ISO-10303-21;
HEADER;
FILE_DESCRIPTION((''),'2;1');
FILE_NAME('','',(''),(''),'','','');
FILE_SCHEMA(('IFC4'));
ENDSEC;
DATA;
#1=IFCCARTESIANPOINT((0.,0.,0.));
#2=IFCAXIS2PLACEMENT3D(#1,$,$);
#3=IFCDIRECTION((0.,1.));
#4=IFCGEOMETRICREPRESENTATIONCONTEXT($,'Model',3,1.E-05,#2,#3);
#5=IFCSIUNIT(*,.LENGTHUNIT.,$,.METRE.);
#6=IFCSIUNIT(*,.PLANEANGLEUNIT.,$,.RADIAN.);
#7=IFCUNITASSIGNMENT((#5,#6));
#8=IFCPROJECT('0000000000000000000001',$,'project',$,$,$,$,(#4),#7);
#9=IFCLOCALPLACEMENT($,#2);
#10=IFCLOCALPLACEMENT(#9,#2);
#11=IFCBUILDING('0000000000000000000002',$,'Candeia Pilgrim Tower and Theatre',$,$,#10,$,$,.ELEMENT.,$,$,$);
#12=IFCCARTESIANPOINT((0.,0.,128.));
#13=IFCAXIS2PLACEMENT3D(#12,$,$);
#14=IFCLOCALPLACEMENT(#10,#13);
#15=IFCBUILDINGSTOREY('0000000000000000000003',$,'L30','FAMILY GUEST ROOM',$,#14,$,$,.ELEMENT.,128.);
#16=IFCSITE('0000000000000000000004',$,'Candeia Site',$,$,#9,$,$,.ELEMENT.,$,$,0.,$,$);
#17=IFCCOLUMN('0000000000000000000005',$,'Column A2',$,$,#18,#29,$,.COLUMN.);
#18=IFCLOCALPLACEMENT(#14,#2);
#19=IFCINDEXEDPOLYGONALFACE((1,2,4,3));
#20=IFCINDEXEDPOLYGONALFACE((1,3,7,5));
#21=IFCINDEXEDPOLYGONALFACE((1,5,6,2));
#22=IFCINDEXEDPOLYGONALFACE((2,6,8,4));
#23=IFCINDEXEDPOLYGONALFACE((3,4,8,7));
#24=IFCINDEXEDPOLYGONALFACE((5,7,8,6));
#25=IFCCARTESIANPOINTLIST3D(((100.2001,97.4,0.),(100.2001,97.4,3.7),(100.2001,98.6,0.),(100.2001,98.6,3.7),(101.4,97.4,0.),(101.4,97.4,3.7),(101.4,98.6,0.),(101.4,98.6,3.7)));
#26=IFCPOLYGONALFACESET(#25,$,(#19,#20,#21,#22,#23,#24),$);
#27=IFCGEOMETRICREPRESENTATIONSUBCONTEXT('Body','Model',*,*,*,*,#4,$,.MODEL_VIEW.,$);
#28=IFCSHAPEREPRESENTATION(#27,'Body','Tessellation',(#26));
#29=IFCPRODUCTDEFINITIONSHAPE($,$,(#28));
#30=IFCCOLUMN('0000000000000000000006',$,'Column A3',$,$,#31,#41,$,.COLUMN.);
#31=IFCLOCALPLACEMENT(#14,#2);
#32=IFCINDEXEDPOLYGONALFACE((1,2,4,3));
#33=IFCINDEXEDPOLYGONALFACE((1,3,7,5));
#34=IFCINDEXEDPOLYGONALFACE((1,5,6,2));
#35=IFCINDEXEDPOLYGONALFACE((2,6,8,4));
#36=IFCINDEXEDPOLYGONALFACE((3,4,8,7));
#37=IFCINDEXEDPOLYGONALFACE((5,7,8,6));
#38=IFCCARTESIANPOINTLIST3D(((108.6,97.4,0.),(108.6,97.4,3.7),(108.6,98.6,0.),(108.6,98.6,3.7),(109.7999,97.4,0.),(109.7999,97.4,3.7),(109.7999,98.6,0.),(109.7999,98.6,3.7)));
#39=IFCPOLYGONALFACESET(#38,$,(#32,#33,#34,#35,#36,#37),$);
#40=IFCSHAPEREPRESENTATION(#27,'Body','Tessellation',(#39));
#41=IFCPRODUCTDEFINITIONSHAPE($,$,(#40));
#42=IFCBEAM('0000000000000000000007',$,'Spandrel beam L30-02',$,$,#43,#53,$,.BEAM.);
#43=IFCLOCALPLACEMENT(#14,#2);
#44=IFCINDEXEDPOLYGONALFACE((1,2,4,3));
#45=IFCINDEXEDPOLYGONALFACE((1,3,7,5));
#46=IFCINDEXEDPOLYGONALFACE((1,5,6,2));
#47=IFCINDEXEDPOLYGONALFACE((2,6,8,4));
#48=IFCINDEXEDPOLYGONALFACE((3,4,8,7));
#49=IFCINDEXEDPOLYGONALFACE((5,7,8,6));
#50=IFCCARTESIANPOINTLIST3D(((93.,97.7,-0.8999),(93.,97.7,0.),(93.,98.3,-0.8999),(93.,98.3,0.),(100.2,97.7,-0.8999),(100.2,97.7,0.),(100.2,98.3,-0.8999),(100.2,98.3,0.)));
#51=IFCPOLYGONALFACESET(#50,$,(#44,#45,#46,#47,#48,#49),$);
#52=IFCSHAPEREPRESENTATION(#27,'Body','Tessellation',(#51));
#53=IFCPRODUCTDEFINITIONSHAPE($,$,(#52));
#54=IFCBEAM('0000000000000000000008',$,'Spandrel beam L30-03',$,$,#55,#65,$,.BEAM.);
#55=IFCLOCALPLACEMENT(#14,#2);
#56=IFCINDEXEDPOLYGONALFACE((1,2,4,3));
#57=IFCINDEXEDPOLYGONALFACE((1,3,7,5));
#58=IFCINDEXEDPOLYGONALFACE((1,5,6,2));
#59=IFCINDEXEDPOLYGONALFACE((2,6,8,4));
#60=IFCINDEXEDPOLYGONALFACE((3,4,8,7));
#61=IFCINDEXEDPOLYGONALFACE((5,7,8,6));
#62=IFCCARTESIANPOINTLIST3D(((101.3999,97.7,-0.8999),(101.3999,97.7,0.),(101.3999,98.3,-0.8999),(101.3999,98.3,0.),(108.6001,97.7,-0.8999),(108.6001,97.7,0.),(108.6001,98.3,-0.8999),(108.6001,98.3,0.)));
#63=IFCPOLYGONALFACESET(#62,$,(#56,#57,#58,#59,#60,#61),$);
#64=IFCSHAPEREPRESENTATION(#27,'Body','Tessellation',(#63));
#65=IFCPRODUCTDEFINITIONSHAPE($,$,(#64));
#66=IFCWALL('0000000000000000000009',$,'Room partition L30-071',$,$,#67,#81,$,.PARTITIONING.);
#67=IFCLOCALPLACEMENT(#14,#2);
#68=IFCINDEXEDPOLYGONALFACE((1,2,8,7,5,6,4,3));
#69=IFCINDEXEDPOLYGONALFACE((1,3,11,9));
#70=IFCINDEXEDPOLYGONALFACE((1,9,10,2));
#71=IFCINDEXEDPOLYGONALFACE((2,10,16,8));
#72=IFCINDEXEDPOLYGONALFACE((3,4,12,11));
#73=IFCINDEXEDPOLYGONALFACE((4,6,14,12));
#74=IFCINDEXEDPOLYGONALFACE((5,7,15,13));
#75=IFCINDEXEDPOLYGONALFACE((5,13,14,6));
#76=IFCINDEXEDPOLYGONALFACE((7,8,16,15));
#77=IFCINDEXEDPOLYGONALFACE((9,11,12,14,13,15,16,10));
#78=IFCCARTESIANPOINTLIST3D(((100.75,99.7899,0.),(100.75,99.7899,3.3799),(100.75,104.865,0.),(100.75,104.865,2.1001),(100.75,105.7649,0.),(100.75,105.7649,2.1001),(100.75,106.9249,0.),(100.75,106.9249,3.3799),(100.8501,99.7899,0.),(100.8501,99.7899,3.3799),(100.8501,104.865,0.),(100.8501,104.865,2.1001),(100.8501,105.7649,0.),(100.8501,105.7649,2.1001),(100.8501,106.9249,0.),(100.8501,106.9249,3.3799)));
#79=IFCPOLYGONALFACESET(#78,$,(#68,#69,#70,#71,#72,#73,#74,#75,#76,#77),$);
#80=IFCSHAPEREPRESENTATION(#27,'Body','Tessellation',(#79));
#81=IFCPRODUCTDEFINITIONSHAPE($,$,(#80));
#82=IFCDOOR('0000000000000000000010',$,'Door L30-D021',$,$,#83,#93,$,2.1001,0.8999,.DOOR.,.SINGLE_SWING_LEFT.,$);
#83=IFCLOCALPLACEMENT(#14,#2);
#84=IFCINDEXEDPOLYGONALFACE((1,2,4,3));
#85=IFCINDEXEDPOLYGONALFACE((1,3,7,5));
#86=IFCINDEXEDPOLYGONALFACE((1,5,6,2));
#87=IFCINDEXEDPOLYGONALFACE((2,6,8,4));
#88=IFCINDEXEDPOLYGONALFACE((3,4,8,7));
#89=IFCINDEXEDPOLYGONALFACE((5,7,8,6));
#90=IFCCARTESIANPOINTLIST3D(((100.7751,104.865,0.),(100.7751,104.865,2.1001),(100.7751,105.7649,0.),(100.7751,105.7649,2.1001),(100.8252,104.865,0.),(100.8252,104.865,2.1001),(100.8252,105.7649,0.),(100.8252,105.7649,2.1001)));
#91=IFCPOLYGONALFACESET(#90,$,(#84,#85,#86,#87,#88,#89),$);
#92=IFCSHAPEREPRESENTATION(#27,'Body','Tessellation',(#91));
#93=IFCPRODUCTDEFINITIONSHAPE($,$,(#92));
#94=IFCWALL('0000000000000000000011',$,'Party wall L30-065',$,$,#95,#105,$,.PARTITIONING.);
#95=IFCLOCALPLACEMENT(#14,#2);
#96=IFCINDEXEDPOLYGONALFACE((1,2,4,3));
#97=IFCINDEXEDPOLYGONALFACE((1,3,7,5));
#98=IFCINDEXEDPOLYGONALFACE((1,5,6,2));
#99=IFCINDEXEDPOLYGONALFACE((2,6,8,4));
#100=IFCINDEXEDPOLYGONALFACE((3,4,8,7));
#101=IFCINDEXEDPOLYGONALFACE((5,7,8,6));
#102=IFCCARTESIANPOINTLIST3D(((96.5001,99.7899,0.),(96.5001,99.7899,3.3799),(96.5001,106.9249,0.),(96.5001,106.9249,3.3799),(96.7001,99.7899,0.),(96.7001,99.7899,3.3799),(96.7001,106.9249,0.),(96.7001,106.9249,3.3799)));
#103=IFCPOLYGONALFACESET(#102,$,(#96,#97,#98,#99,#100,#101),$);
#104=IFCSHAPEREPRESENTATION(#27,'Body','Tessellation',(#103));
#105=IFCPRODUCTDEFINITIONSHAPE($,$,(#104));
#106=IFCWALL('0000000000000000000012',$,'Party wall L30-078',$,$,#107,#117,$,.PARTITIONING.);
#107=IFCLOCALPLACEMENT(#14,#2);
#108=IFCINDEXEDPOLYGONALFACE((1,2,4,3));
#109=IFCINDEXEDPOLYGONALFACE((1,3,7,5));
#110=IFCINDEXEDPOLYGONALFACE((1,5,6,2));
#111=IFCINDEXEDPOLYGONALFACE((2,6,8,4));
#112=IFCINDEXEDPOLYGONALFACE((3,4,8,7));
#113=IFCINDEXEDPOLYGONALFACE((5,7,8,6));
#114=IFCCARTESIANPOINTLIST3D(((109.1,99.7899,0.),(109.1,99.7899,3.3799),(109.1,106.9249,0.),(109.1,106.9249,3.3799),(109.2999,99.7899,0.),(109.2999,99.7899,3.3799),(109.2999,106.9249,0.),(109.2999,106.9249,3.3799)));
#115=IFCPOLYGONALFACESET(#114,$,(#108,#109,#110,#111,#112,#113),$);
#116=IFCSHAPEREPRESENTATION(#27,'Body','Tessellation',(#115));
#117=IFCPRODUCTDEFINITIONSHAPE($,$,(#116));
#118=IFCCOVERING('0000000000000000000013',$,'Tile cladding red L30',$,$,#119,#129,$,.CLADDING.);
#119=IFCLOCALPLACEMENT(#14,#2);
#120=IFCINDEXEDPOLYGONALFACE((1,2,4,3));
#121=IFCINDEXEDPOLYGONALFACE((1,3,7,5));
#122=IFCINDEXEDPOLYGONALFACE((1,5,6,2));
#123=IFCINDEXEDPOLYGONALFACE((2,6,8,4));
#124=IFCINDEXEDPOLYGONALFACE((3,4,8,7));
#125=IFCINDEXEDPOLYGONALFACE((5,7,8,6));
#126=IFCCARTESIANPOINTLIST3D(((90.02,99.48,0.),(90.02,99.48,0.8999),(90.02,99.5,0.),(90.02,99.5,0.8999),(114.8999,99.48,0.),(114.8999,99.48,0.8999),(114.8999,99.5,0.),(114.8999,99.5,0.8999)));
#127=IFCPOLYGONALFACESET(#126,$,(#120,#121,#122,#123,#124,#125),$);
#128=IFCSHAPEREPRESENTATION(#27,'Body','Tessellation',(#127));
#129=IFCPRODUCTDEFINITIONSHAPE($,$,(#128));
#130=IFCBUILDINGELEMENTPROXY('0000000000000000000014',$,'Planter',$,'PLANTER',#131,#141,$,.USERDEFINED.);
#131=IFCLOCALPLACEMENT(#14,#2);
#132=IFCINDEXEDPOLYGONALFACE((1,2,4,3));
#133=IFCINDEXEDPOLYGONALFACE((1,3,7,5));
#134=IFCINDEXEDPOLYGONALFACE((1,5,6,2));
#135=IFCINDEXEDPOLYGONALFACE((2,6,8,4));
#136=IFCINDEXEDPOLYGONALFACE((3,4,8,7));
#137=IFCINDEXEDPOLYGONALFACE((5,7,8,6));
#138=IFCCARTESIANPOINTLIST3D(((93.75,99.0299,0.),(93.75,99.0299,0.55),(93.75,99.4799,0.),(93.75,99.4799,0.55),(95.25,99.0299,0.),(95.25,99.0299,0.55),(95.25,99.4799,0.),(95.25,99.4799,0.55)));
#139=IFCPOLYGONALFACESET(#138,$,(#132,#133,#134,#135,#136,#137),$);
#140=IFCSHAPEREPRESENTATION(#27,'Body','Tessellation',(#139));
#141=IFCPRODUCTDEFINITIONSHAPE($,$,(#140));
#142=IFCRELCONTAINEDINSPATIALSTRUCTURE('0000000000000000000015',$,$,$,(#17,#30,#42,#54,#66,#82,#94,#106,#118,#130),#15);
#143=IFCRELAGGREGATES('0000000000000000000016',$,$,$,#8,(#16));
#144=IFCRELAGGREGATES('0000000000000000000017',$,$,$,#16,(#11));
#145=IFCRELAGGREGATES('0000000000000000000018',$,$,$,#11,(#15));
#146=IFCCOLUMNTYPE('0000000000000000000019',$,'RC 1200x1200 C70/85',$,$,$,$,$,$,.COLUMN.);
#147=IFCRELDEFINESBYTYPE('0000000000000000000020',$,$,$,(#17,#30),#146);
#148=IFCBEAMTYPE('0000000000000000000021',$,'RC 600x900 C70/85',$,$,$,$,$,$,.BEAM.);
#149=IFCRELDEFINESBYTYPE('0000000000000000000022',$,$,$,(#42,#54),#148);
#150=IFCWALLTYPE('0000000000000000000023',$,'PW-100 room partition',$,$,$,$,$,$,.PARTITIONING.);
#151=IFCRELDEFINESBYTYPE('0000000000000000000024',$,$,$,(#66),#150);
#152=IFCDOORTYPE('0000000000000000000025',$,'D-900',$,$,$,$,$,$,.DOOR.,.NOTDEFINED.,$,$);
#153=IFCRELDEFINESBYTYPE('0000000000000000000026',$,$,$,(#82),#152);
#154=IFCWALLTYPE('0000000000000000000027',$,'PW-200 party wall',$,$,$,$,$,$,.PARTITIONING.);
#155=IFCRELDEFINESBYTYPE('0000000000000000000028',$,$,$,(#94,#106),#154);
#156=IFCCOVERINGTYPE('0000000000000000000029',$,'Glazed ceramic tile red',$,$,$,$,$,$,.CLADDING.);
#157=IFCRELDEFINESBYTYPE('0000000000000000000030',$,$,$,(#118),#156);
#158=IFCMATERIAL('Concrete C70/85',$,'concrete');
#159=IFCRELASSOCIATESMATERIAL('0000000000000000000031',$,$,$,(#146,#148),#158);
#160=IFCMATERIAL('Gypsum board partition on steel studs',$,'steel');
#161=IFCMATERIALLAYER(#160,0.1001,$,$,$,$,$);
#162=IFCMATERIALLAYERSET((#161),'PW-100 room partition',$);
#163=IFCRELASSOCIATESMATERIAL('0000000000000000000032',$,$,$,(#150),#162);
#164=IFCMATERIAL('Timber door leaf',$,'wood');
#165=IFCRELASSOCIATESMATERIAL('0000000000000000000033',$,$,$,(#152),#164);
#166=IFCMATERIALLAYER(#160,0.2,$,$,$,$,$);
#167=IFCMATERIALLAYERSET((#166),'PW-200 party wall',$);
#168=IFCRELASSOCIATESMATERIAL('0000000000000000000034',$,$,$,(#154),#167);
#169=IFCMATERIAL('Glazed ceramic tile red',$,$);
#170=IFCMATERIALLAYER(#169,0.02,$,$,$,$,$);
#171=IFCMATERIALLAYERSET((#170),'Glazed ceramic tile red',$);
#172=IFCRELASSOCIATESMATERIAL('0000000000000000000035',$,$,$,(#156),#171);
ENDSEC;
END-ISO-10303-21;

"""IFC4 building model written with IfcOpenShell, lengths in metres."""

from ifc_helpers import new_model, si_unit, direction, frame, frame_2d, origin, origin_2d, place, context, subcontext, project, spatial, rectangle, extrude, material, layer, layer_set, material_profile, profile_set, type_object, element, fill, save


model = new_model("IFC4")

# Units and contexts
model_context = context("Model", 3, precision=1e-05, world=origin(), true_north=direction((0.0, 1.0)))
body_context = subcontext(model_context, "Body", "Model", "MODEL_VIEW")
ifc_project = project(units=[si_unit("LENGTHUNIT", "METRE"), si_unit("PLANEANGLEUNIT", "RADIAN")], contexts=[model_context])

# Site, building, storey
site_placement = place(None, origin())
site = spatial("IfcSite", under=ifc_project, at=site_placement, Name="Candeia Site", CompositionType="ELEMENT", RefElevation=0.0)
building_placement = place(site_placement, origin())
building = spatial("IfcBuilding", under=site, at=building_placement, Name="Candeia Pilgrim Tower and Theatre", CompositionType="ELEMENT")
storey_placement = place(building_placement, frame((0.0, 0.0, 128.0)))
storey = spatial("IfcBuildingStorey", under=building, at=storey_placement, Name="L30", Description="FAMILY GUEST ROOM", CompositionType="ELEMENT", Elevation=128.0)

# Columns
ifc_material_1 = material(Name="Concrete C70/85", Category="concrete")
ifc_material_profile_1 = material_profile(ifc_material_1, rectangle(XDim=1.2, YDim=1.2, at=origin_2d()))
ifc_profile_set_1 = profile_set([ifc_material_profile_1], Name="Concrete C70/85")
column_type = type_object("IfcColumnType", Name="RC 1200x1200 C70/85", PredefinedType="COLUMN", material=ifc_profile_set_1)
for number, where, z_axis, x_axis, name in (
    (1, (100.8, 98.0, 0.0), (0.0, 0.0, 1.0), (1.0, 0.0, 0.0), "Column A2"),
    (2, (109.2, 98.0, 0.0), (0.0, 0.0, 1.0), (1.0, 0.0, 0.0), "Column A3"),
):
    element("IfcColumn", number, at=place(storey_placement, frame(where, z_axis=z_axis, x_axis=x_axis)), inside=storey, type_object=column_type, Name=name, PredefinedType="COLUMN", context=body_context, shape_type="SweptSolid", body=[
        extrude(rectangle(XDim=1.2, YDim=1.2, at=origin_2d()), origin(), (0.0, 0.0, 1.0), 3.7),
    ])

# Beams
ifc_material_profile_2 = material_profile(ifc_material_1, rectangle(XDim=0.6001, YDim=0.8999, at=origin_2d()))
ifc_profile_set_2 = profile_set([ifc_material_profile_2], Name="Concrete C70/85")
beam_type = type_object("IfcBeamType", Name="RC 600x900 C70/85", PredefinedType="BEAM", material=ifc_profile_set_2)
beam_1_placement = place(storey_placement, frame((93.0, 98.0, -0.45), z_axis=(1.0, 0.0, 0.0), x_axis=(0.0, 1.0, 0.0)))
element("IfcBeam", 3, at=beam_1_placement, inside=storey, type_object=beam_type, Name="Spandrel beam L30-02", PredefinedType="BEAM", context=body_context, shape_type="SweptSolid", body=[
    extrude(rectangle(XDim=0.6001, YDim=0.8999, at=origin_2d()), origin(), (0.0, 0.0, 1.0), 7.2),
])
beam_2_placement = place(storey_placement, frame((101.3999, 98.0, -0.45), z_axis=(1.0, 0.0, 0.0), x_axis=(0.0, 1.0, 0.0)))
element("IfcBeam", 4, at=beam_2_placement, inside=storey, type_object=beam_type, Name="Spandrel beam L30-03", PredefinedType="BEAM", context=body_context, shape_type="SweptSolid", body=[
    extrude(rectangle(XDim=0.6001, YDim=0.8999, at=origin_2d()), origin(), (0.0, 0.0, 1.0), 7.2002),
])

# Wall, opening, door
ifc_material_2 = material(Name="Gypsum board partition on steel studs", Category="steel")
ifc_layer_1 = layer(ifc_material_2, 0.1001)
ifc_layer_set_1 = layer_set([ifc_layer_1], Name="PW-100 room partition")
wall_type_1 = type_object("IfcWallType", Name="PW-100 room partition", PredefinedType="PARTITIONING", material=ifc_layer_set_1)
wall_placement = place(storey_placement, frame((100.8, 99.79, 0.0), z_axis=(0.0, 0.0, 1.0), x_axis=(0.0, 1.0, 0.0)))
wall = element("IfcWall", 5, at=wall_placement, inside=storey, type_object=wall_type_1, Name="Room partition L30-071", PredefinedType="PARTITIONING", context=body_context, shape_type="SweptSolid", body=[
    extrude(rectangle(XDim=7.135, YDim=0.1001, at=frame_2d((3.5674, 0.0))), origin(), (0.0, 0.0, 1.0), 3.3799),
])
opening_placement = place(wall_placement, frame((5.075, 0.0, 0.0)))
opening = element("IfcOpeningElement", 6, at=opening_placement, cuts=wall, PredefinedType="OPENING", context=body_context, shape_type="SweptSolid", body=[
    extrude(rectangle(XDim=0.8999, YDim=2.1001, at=frame_2d((0.45, 1.05))), frame((0.0, 0.0601, 0.0), z_axis=(0.0, -1.0, 0.0), x_axis=(1.0, 0.0, 0.0)), (0.0, 0.0, 1.0), 0.1201),
])
ifc_material_3 = material(Name="Timber door leaf", Category="wood")
door_type = type_object("IfcDoorType", Name="D-900", OperationType="NOTDEFINED", PredefinedType="DOOR", material=ifc_material_3)
door_placement = place(opening_placement, origin())
door = element("IfcDoor", 7, at=door_placement, inside=storey, type_object=door_type, Name="Door L30-D021", OperationType="SINGLE_SWING_LEFT", OverallHeight=2.1001, OverallWidth=0.8999, PredefinedType="DOOR", context=body_context, shape_type="SweptSolid", body=[
    extrude(rectangle(XDim=0.8999, YDim=2.1001, at=frame_2d((0.45, 1.05))), frame((0.0, 0.0249, 0.0), z_axis=(0.0, -1.0, 0.0), x_axis=(1.0, 0.0, 0.0)), (0.0, 0.0, 1.0), 0.05),
])
fill(opening, door)

# Walls
ifc_layer_2 = layer(ifc_material_2, 0.2)
ifc_layer_set_2 = layer_set([ifc_layer_2], Name="PW-200 party wall")
wall_type_2 = type_object("IfcWallType", Name="PW-200 party wall", PredefinedType="PARTITIONING", material=ifc_layer_set_2)
for number, where, z_axis, x_axis, name in (
    (8, (96.6001, 99.79, 0.0), (0.0, 0.0, 1.0), (0.0, 1.0, 0.0), "Party wall L30-065"),
    (9, (109.2, 99.79, 0.0), (0.0, 0.0, 1.0), (0.0, 1.0, 0.0), "Party wall L30-078"),
):
    element("IfcWall", number, at=place(storey_placement, frame(where, z_axis=z_axis, x_axis=x_axis)), inside=storey, type_object=wall_type_2, Name=name, PredefinedType="PARTITIONING", context=body_context, shape_type="SweptSolid", body=[
        extrude(rectangle(XDim=7.135, YDim=0.2, at=frame_2d((3.5674, 0.0))), origin(), (0.0, 0.0, 1.0), 3.3799),
    ])

# Covering
ifc_material_4 = material(Name="Glazed ceramic tile red")
ifc_layer_3 = layer(ifc_material_4, 0.02)
ifc_layer_set_3 = layer_set([ifc_layer_3], Name="Glazed ceramic tile red")
covering_type = type_object("IfcCoveringType", Name="Glazed ceramic tile red", PredefinedType="CLADDING", material=ifc_layer_set_3)
covering_placement = place(storey_placement, frame((102.46, 99.49, 0.0), z_axis=(0.0, 0.0, 1.0), x_axis=(1.0, 0.0, 0.0)))
element("IfcCovering", 10, at=covering_placement, inside=storey, type_object=covering_type, Name="Tile cladding red L30", PredefinedType="CLADDING", context=body_context, shape_type="SweptSolid", body=[
    extrude(rectangle(XDim=24.8799, YDim=0.02, at=origin_2d()), origin(), (0.0, 0.0, 1.0), 0.8999),
])

# Building element proxy
proxy_placement = place(storey_placement, frame((94.5, 99.2549, 0.0), z_axis=(0.0, 0.0, 1.0), x_axis=(1.0, 0.0, 0.0)))
element("IfcBuildingElementProxy", 11, at=proxy_placement, inside=storey, Name="Planter", ObjectType="PLANTER", PredefinedType="USERDEFINED", context=body_context, shape_type="SweptSolid", body=[
    extrude(rectangle(XDim=1.5, YDim=0.45, at=origin_2d()), origin(), (0.0, 0.0, 1.0), 0.55),
])

save(model, "model.ifc")
